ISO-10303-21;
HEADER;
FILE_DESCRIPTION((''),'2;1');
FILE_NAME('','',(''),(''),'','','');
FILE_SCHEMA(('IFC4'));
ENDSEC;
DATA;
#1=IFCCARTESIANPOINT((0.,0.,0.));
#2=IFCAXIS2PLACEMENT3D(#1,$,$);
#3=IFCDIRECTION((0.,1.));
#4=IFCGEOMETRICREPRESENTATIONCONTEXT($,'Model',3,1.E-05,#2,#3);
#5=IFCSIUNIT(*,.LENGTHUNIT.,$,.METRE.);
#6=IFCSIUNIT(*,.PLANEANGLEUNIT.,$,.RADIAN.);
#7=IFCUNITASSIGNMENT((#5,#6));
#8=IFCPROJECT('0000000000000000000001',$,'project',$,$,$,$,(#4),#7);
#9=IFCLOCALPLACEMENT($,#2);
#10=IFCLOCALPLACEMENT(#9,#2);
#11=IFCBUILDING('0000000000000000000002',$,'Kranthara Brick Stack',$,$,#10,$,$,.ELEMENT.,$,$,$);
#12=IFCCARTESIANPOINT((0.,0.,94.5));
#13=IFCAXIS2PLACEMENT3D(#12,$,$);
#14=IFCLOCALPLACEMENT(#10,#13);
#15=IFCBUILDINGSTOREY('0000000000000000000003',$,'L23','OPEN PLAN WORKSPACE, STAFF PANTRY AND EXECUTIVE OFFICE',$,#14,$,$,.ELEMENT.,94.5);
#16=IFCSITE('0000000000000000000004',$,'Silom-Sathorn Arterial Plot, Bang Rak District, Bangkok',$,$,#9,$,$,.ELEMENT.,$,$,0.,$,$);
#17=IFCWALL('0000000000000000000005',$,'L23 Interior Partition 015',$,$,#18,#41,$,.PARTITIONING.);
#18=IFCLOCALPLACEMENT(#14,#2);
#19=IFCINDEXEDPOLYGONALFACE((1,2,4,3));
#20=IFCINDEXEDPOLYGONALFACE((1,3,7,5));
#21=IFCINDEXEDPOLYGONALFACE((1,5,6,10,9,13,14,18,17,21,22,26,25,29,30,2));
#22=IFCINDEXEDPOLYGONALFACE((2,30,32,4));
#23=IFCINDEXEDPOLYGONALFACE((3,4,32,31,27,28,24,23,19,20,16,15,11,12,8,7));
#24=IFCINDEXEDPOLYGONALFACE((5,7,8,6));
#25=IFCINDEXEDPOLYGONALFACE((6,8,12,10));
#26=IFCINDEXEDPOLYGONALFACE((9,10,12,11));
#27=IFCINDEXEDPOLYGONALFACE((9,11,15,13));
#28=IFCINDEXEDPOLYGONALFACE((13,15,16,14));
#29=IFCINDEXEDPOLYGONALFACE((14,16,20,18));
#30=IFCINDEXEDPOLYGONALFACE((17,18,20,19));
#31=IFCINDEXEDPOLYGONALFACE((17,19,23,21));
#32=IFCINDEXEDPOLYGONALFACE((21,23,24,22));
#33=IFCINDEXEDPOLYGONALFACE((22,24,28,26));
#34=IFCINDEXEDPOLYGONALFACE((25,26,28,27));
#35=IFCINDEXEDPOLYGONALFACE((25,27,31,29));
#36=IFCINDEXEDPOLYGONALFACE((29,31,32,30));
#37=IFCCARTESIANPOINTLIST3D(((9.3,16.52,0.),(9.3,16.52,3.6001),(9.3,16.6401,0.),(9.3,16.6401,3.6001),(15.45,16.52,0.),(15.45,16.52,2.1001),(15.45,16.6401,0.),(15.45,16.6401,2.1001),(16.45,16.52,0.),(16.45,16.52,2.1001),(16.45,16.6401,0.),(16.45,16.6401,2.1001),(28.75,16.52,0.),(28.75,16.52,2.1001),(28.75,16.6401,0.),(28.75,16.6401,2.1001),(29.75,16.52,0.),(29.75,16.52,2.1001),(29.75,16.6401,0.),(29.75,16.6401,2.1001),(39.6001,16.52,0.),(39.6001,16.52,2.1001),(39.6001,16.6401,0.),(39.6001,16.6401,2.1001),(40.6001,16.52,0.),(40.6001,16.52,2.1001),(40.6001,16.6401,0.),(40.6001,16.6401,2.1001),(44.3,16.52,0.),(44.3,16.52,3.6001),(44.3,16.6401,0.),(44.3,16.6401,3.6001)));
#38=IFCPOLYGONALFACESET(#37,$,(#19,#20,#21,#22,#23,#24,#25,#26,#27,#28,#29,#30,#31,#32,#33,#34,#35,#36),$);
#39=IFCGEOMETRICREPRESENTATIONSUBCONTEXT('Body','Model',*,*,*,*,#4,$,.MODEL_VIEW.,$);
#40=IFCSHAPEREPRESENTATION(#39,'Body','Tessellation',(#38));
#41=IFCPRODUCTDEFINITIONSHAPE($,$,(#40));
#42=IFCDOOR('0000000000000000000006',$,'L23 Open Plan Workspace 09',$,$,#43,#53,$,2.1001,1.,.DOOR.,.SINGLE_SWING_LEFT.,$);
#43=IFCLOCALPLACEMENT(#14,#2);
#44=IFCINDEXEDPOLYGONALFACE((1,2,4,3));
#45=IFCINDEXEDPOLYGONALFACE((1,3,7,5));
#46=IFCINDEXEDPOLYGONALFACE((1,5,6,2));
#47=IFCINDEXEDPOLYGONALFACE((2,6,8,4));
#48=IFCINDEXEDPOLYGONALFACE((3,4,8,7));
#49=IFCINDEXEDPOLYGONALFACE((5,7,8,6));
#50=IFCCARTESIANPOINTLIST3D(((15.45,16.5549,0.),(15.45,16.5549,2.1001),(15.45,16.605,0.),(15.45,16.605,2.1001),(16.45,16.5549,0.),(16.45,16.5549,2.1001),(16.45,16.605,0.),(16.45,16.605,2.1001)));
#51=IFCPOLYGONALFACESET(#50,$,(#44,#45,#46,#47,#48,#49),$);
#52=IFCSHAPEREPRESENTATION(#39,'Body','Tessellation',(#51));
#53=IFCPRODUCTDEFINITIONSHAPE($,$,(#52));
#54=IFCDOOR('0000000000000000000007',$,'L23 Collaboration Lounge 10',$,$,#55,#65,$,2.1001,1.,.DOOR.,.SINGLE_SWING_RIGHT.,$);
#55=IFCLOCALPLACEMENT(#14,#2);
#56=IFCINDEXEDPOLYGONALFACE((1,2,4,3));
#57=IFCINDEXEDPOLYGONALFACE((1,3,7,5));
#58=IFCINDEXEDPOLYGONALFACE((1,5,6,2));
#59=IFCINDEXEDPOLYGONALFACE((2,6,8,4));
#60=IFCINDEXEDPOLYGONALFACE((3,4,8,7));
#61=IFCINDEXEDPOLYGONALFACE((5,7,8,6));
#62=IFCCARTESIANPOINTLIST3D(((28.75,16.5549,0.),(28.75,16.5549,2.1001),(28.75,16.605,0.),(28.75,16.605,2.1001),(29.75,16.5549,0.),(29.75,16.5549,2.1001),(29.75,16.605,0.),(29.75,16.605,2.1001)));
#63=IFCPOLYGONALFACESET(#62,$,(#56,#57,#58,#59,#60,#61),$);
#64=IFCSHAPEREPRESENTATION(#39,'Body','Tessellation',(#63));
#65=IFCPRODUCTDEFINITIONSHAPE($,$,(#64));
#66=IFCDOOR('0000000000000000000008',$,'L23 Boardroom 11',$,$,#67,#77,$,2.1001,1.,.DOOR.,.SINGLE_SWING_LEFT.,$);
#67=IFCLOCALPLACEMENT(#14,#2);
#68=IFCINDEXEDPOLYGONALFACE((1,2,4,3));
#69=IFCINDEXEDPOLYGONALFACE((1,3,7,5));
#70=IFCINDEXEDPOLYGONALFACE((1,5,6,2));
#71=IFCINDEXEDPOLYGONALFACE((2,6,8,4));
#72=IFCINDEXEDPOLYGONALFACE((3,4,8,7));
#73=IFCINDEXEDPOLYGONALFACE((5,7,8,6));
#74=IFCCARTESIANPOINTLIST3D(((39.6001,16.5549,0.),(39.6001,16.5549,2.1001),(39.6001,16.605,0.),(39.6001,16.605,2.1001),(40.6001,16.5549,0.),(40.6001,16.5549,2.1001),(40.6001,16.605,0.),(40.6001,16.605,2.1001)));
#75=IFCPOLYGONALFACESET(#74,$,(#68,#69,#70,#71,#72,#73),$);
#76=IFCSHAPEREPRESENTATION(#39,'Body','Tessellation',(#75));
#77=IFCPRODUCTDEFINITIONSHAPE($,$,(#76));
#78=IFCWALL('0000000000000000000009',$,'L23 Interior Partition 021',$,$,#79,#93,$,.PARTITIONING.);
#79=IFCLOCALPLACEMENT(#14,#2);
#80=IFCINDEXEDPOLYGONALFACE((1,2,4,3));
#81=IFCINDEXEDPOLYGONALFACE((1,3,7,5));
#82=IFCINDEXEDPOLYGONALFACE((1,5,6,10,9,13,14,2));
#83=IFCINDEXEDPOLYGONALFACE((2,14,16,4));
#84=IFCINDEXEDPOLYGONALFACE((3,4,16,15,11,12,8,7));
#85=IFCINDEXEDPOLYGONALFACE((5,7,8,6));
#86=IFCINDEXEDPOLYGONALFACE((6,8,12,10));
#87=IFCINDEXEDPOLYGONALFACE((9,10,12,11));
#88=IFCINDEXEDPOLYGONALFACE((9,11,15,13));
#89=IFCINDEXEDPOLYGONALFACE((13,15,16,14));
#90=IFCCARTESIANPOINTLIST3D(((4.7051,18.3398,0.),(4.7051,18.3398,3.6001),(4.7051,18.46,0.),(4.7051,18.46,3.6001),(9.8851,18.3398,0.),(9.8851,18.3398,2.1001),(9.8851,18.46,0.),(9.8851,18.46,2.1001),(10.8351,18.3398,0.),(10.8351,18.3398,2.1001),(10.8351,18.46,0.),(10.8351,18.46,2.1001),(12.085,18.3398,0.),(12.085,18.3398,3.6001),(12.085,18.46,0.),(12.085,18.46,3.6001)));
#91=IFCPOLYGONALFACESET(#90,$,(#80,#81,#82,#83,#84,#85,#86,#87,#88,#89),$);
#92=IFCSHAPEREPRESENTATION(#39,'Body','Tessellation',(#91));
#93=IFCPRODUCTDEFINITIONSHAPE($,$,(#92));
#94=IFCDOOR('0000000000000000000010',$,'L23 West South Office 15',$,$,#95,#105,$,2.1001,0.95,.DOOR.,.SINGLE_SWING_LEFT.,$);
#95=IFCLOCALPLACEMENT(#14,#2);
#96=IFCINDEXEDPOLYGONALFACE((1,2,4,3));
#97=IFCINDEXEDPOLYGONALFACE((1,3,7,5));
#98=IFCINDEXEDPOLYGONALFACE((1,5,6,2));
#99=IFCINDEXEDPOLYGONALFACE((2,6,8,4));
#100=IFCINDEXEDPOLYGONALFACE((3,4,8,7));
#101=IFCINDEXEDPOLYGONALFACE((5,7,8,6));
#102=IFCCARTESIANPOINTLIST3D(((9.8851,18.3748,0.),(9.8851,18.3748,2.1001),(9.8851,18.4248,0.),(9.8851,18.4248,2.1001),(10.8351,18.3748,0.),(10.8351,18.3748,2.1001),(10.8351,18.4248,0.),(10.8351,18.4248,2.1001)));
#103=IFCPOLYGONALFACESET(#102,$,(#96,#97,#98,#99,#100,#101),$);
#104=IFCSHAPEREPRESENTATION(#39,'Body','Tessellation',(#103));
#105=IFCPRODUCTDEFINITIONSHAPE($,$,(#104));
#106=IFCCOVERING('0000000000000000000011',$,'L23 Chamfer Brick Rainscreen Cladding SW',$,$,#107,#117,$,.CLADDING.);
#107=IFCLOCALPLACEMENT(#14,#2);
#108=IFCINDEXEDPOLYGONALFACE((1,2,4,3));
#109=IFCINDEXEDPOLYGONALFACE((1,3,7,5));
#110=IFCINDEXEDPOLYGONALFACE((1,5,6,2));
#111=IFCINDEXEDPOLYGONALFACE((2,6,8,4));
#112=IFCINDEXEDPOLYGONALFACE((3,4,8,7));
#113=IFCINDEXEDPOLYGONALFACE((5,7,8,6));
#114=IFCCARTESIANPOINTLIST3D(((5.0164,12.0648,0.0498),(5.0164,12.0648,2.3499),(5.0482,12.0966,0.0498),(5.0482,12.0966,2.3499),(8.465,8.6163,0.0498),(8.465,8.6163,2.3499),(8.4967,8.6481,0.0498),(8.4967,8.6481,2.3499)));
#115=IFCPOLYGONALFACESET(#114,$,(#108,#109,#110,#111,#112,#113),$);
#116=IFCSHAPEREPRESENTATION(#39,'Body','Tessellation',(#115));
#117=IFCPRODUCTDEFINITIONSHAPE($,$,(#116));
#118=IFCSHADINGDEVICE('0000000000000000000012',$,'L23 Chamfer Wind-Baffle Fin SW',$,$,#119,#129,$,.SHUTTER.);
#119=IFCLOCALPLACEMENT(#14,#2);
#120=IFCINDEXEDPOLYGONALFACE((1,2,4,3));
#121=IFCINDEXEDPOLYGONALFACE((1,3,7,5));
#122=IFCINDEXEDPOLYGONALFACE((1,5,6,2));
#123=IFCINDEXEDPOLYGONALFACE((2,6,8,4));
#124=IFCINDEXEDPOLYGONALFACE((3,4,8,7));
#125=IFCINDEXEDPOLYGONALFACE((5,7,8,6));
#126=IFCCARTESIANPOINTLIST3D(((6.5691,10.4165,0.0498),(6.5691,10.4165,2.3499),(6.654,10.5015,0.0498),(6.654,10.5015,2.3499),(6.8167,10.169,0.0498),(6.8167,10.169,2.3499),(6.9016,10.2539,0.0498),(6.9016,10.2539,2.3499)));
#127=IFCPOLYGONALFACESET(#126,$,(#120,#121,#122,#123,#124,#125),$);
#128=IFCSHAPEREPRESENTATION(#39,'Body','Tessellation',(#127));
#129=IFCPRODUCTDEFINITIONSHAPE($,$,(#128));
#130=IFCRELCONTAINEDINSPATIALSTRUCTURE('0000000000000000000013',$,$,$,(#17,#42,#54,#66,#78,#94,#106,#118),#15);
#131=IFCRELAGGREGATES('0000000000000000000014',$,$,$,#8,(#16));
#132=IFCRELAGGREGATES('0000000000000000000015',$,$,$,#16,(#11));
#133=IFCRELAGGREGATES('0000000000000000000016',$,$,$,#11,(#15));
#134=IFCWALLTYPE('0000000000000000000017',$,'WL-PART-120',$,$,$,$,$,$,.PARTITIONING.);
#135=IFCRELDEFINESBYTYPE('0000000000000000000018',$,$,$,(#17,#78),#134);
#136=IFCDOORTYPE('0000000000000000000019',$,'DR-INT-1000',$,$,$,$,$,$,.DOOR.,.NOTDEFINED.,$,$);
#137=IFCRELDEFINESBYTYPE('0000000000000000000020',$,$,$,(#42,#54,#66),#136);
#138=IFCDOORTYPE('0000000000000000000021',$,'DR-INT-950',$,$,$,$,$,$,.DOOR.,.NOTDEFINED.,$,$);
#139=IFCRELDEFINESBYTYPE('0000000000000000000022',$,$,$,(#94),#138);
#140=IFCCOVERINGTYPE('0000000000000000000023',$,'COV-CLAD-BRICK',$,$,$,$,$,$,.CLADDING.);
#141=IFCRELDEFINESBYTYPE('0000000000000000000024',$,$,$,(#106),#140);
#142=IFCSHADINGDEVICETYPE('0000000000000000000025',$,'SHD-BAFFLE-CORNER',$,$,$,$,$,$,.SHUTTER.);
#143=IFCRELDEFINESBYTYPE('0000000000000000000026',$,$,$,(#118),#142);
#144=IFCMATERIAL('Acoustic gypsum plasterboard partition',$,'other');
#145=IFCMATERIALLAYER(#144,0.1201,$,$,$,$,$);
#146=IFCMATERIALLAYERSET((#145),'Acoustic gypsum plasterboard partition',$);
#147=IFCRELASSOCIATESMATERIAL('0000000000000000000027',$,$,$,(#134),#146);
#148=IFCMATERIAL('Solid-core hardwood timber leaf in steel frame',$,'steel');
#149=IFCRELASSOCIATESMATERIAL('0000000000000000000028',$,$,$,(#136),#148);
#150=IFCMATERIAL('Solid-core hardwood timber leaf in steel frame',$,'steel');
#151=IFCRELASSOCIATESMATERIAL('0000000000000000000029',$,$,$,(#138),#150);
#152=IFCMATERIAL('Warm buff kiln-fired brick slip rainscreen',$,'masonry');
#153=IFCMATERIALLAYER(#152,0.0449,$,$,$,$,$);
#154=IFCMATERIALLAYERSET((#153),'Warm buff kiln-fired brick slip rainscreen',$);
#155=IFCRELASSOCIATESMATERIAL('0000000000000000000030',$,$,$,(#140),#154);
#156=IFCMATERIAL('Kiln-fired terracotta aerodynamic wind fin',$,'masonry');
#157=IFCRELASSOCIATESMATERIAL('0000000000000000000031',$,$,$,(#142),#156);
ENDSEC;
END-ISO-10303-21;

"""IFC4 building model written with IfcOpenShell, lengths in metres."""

from ifc_helpers import new_model, si_unit, direction, frame, frame_2d, origin, origin_2d, place, context, subcontext, project, spatial, rectangle, extrude, material, layer, layer_set, type_object, element, fill, save


model = new_model("IFC4")

# Units and contexts
model_context = context("Model", 3, precision=1e-05, world=origin(), true_north=direction((0.0, 1.0)))
body_context = subcontext(model_context, "Body", "Model", "MODEL_VIEW")
ifc_project = project(units=[si_unit("LENGTHUNIT", "METRE"), si_unit("PLANEANGLEUNIT", "RADIAN")], contexts=[model_context])

# Site, building, storey
site_placement = place(None, origin())
site = spatial("IfcSite", under=ifc_project, at=site_placement, Name="Silom-Sathorn Arterial Plot, Bang Rak District, Bangkok", CompositionType="ELEMENT", RefElevation=0.0)
building_placement = place(site_placement, origin())
building = spatial("IfcBuilding", under=site, at=building_placement, Name="Kranthara Brick Stack", CompositionType="ELEMENT")
storey_placement = place(building_placement, frame((0.0, 0.0, 94.5)))
storey = spatial("IfcBuildingStorey", under=building, at=storey_placement, Name="L23", Description="OPEN PLAN WORKSPACE, STAFF PANTRY AND EXECUTIVE OFFICE", CompositionType="ELEMENT", Elevation=94.5)

# Wall, openings, doors
ifc_material_1 = material(Name="Acoustic gypsum plasterboard partition", Category="other")
ifc_layer_1 = layer(ifc_material_1, 0.1201)
ifc_layer_set_1 = layer_set([ifc_layer_1], Name="Acoustic gypsum plasterboard partition")
wall_type_1 = type_object("IfcWallType", Name="WL-PART-120", PredefinedType="PARTITIONING", material=ifc_layer_set_1)
wall_1_placement = place(storey_placement, frame((9.3, 16.5801, 0.0), z_axis=(0.0, 0.0, 1.0), x_axis=(1.0, 0.0, 0.0)))
wall_1 = element("IfcWall", 1, at=wall_1_placement, inside=storey, type_object=wall_type_1, Name="L23 Interior Partition 015", PredefinedType="PARTITIONING", context=body_context, shape_type="SweptSolid", body=[
    extrude(rectangle(XDim=35.0, YDim=0.1201, at=frame_2d((17.5, 0.0))), origin(), (0.0, 0.0, 1.0), 3.6001),
])
opening_1_placement = place(wall_1_placement, frame((6.1499, 0.0, 0.0)))
opening_1 = element("IfcOpeningElement", 2, at=opening_1_placement, cuts=wall_1, PredefinedType="OPENING", context=body_context, shape_type="SweptSolid", body=[
    extrude(rectangle(XDim=1.0, YDim=2.1001, at=frame_2d((0.5, 1.05))), frame((0.0, 0.0701, 0.0), z_axis=(0.0, -1.0, 0.0), x_axis=(1.0, 0.0, 0.0)), (0.0, 0.0, 1.0), 0.1401),
])
opening_2_placement = place(wall_1_placement, frame((19.45, 0.0, 0.0)))
opening_2 = element("IfcOpeningElement", 3, at=opening_2_placement, cuts=wall_1, PredefinedType="OPENING", context=body_context, shape_type="SweptSolid", body=[
    extrude(rectangle(XDim=1.0, YDim=2.1001, at=frame_2d((0.5, 1.05))), frame((0.0, 0.0701, 0.0), z_axis=(0.0, -1.0, 0.0), x_axis=(1.0, 0.0, 0.0)), (0.0, 0.0, 1.0), 0.1401),
])
opening_3_placement = place(wall_1_placement, frame((30.3, 0.0, 0.0)))
opening_3 = element("IfcOpeningElement", 4, at=opening_3_placement, cuts=wall_1, PredefinedType="OPENING", context=body_context, shape_type="SweptSolid", body=[
    extrude(rectangle(XDim=1.0, YDim=2.1001, at=frame_2d((0.5, 1.05))), frame((0.0, 0.0701, 0.0), z_axis=(0.0, -1.0, 0.0), x_axis=(1.0, 0.0, 0.0)), (0.0, 0.0, 1.0), 0.1401),
])
ifc_material_2 = material(Name="Solid-core hardwood timber leaf in steel frame", Category="steel")
door_type_1 = type_object("IfcDoorType", Name="DR-INT-1000", OperationType="NOTDEFINED", PredefinedType="DOOR", material=ifc_material_2)
door_1_placement = place(opening_1_placement, origin())
door_1 = element("IfcDoor", 5, at=door_1_placement, inside=storey, type_object=door_type_1, Name="L23 Open Plan Workspace 09", OperationType="SINGLE_SWING_LEFT", OverallHeight=2.1001, OverallWidth=1.0, PredefinedType="DOOR", context=body_context, shape_type="SweptSolid", body=[
    extrude(rectangle(XDim=1.0, YDim=2.1001, at=frame_2d((0.5, 1.05))), frame((0.0, 0.0249, 0.0), z_axis=(0.0, -1.0, 0.0), x_axis=(1.0, 0.0, 0.0)), (0.0, 0.0, 1.0), 0.05),
])
fill(opening_1, door_1)
door_2_placement = place(opening_2_placement, origin())
door_2 = element("IfcDoor", 6, at=door_2_placement, inside=storey, type_object=door_type_1, Name="L23 Collaboration Lounge 10", OperationType="SINGLE_SWING_RIGHT", OverallHeight=2.1001, OverallWidth=1.0, PredefinedType="DOOR", context=body_context, shape_type="SweptSolid", body=[
    extrude(rectangle(XDim=1.0, YDim=2.1001, at=frame_2d((0.5, 1.05))), frame((0.0, 0.0249, 0.0), z_axis=(0.0, -1.0, 0.0), x_axis=(1.0, 0.0, 0.0)), (0.0, 0.0, 1.0), 0.05),
])
fill(opening_2, door_2)
door_3_placement = place(opening_3_placement, origin())
door_3 = element("IfcDoor", 7, at=door_3_placement, inside=storey, type_object=door_type_1, Name="L23 Boardroom 11", OperationType="SINGLE_SWING_LEFT", OverallHeight=2.1001, OverallWidth=1.0, PredefinedType="DOOR", context=body_context, shape_type="SweptSolid", body=[
    extrude(rectangle(XDim=1.0, YDim=2.1001, at=frame_2d((0.5, 1.05))), frame((0.0, 0.0249, 0.0), z_axis=(0.0, -1.0, 0.0), x_axis=(1.0, 0.0, 0.0)), (0.0, 0.0, 1.0), 0.05),
])
fill(opening_3, door_3)

# Wall, opening, door
wall_2_placement = place(storey_placement, frame((4.7051, 18.3999, 0.0), z_axis=(0.0, 0.0, 1.0), x_axis=(1.0, 0.0, 0.0)))
wall_2 = element("IfcWall", 8, at=wall_2_placement, inside=storey, type_object=wall_type_1, Name="L23 Interior Partition 021", PredefinedType="PARTITIONING", context=body_context, shape_type="SweptSolid", body=[
    extrude(rectangle(XDim=7.3799, YDim=0.1201, at=frame_2d((3.6899, 0.0))), origin(), (0.0, 0.0, 1.0), 3.6001),
])
opening_4_placement = place(wall_2_placement, frame((5.1799, 0.0, 0.0)))
opening_4 = element("IfcOpeningElement", 9, at=opening_4_placement, cuts=wall_2, PredefinedType="OPENING", context=body_context, shape_type="SweptSolid", body=[
    extrude(rectangle(XDim=0.95, YDim=2.1001, at=frame_2d((0.4751, 1.05))), frame((0.0, 0.0701, 0.0), z_axis=(0.0, -1.0, 0.0), x_axis=(1.0, 0.0, 0.0)), (0.0, 0.0, 1.0), 0.1401),
])
ifc_material_3 = material(Name="Solid-core hardwood timber leaf in steel frame", Category="steel")
door_type_2 = type_object("IfcDoorType", Name="DR-INT-950", OperationType="NOTDEFINED", PredefinedType="DOOR", material=ifc_material_3)
door_4_placement = place(opening_4_placement, origin())
door_4 = element("IfcDoor", 10, at=door_4_placement, inside=storey, type_object=door_type_2, Name="L23 West South Office 15", OperationType="SINGLE_SWING_LEFT", OverallHeight=2.1001, OverallWidth=0.95, PredefinedType="DOOR", context=body_context, shape_type="SweptSolid", body=[
    extrude(rectangle(XDim=0.95, YDim=2.1001, at=frame_2d((0.4751, 1.05))), frame((0.0, 0.0249, 0.0), z_axis=(0.0, -1.0, 0.0), x_axis=(1.0, 0.0, 0.0)), (0.0, 0.0, 1.0), 0.05),
])
fill(opening_4, door_4)

# Covering
ifc_material_4 = material(Name="Warm buff kiln-fired brick slip rainscreen", Category="masonry")
ifc_layer_2 = layer(ifc_material_4, 0.0449)
ifc_layer_set_2 = layer_set([ifc_layer_2], Name="Warm buff kiln-fired brick slip rainscreen")
covering_type = type_object("IfcCoveringType", Name="COV-CLAD-BRICK", PredefinedType="CLADDING", material=ifc_layer_set_2)
covering_placement = place(storey_placement, frame((6.7566, 10.3564, 0.0498), z_axis=(0.0, 0.0, 1.0), x_axis=(-0.707107, 0.707107, 0.0)))
element("IfcCovering", 11, at=covering_placement, inside=storey, type_object=covering_type, Name="L23 Chamfer Brick Rainscreen Cladding SW", PredefinedType="CLADDING", context=body_context, shape_type="SweptSolid", body=[
    extrude(rectangle(XDim=4.877, YDim=0.0449, at=origin_2d()), origin(), (0.0, 0.0, 1.0), 2.3),
])

# Shading device
ifc_material_5 = material(Name="Kiln-fired terracotta aerodynamic wind fin", Category="masonry")
shading_device_type = type_object("IfcShadingDeviceType", Name="SHD-BAFFLE-CORNER", PredefinedType="SHUTTER", material=ifc_material_5)
shading_device_placement = place(storey_placement, frame((6.7354, 10.3352, 0.0498), z_axis=(0.0, 0.0, 1.0), x_axis=(-0.707107, 0.707107, 0.0)))
element("IfcShadingDevice", 12, at=shading_device_placement, inside=storey, type_object=shading_device_type, Name="L23 Chamfer Wind-Baffle Fin SW", PredefinedType="SHUTTER", context=body_context, shape_type="SweptSolid", body=[
    extrude(rectangle(XDim=0.3501, YDim=0.1201, at=origin_2d()), origin(), (0.0, 0.0, 1.0), 2.3),
])

save(model, "model.ifc")
